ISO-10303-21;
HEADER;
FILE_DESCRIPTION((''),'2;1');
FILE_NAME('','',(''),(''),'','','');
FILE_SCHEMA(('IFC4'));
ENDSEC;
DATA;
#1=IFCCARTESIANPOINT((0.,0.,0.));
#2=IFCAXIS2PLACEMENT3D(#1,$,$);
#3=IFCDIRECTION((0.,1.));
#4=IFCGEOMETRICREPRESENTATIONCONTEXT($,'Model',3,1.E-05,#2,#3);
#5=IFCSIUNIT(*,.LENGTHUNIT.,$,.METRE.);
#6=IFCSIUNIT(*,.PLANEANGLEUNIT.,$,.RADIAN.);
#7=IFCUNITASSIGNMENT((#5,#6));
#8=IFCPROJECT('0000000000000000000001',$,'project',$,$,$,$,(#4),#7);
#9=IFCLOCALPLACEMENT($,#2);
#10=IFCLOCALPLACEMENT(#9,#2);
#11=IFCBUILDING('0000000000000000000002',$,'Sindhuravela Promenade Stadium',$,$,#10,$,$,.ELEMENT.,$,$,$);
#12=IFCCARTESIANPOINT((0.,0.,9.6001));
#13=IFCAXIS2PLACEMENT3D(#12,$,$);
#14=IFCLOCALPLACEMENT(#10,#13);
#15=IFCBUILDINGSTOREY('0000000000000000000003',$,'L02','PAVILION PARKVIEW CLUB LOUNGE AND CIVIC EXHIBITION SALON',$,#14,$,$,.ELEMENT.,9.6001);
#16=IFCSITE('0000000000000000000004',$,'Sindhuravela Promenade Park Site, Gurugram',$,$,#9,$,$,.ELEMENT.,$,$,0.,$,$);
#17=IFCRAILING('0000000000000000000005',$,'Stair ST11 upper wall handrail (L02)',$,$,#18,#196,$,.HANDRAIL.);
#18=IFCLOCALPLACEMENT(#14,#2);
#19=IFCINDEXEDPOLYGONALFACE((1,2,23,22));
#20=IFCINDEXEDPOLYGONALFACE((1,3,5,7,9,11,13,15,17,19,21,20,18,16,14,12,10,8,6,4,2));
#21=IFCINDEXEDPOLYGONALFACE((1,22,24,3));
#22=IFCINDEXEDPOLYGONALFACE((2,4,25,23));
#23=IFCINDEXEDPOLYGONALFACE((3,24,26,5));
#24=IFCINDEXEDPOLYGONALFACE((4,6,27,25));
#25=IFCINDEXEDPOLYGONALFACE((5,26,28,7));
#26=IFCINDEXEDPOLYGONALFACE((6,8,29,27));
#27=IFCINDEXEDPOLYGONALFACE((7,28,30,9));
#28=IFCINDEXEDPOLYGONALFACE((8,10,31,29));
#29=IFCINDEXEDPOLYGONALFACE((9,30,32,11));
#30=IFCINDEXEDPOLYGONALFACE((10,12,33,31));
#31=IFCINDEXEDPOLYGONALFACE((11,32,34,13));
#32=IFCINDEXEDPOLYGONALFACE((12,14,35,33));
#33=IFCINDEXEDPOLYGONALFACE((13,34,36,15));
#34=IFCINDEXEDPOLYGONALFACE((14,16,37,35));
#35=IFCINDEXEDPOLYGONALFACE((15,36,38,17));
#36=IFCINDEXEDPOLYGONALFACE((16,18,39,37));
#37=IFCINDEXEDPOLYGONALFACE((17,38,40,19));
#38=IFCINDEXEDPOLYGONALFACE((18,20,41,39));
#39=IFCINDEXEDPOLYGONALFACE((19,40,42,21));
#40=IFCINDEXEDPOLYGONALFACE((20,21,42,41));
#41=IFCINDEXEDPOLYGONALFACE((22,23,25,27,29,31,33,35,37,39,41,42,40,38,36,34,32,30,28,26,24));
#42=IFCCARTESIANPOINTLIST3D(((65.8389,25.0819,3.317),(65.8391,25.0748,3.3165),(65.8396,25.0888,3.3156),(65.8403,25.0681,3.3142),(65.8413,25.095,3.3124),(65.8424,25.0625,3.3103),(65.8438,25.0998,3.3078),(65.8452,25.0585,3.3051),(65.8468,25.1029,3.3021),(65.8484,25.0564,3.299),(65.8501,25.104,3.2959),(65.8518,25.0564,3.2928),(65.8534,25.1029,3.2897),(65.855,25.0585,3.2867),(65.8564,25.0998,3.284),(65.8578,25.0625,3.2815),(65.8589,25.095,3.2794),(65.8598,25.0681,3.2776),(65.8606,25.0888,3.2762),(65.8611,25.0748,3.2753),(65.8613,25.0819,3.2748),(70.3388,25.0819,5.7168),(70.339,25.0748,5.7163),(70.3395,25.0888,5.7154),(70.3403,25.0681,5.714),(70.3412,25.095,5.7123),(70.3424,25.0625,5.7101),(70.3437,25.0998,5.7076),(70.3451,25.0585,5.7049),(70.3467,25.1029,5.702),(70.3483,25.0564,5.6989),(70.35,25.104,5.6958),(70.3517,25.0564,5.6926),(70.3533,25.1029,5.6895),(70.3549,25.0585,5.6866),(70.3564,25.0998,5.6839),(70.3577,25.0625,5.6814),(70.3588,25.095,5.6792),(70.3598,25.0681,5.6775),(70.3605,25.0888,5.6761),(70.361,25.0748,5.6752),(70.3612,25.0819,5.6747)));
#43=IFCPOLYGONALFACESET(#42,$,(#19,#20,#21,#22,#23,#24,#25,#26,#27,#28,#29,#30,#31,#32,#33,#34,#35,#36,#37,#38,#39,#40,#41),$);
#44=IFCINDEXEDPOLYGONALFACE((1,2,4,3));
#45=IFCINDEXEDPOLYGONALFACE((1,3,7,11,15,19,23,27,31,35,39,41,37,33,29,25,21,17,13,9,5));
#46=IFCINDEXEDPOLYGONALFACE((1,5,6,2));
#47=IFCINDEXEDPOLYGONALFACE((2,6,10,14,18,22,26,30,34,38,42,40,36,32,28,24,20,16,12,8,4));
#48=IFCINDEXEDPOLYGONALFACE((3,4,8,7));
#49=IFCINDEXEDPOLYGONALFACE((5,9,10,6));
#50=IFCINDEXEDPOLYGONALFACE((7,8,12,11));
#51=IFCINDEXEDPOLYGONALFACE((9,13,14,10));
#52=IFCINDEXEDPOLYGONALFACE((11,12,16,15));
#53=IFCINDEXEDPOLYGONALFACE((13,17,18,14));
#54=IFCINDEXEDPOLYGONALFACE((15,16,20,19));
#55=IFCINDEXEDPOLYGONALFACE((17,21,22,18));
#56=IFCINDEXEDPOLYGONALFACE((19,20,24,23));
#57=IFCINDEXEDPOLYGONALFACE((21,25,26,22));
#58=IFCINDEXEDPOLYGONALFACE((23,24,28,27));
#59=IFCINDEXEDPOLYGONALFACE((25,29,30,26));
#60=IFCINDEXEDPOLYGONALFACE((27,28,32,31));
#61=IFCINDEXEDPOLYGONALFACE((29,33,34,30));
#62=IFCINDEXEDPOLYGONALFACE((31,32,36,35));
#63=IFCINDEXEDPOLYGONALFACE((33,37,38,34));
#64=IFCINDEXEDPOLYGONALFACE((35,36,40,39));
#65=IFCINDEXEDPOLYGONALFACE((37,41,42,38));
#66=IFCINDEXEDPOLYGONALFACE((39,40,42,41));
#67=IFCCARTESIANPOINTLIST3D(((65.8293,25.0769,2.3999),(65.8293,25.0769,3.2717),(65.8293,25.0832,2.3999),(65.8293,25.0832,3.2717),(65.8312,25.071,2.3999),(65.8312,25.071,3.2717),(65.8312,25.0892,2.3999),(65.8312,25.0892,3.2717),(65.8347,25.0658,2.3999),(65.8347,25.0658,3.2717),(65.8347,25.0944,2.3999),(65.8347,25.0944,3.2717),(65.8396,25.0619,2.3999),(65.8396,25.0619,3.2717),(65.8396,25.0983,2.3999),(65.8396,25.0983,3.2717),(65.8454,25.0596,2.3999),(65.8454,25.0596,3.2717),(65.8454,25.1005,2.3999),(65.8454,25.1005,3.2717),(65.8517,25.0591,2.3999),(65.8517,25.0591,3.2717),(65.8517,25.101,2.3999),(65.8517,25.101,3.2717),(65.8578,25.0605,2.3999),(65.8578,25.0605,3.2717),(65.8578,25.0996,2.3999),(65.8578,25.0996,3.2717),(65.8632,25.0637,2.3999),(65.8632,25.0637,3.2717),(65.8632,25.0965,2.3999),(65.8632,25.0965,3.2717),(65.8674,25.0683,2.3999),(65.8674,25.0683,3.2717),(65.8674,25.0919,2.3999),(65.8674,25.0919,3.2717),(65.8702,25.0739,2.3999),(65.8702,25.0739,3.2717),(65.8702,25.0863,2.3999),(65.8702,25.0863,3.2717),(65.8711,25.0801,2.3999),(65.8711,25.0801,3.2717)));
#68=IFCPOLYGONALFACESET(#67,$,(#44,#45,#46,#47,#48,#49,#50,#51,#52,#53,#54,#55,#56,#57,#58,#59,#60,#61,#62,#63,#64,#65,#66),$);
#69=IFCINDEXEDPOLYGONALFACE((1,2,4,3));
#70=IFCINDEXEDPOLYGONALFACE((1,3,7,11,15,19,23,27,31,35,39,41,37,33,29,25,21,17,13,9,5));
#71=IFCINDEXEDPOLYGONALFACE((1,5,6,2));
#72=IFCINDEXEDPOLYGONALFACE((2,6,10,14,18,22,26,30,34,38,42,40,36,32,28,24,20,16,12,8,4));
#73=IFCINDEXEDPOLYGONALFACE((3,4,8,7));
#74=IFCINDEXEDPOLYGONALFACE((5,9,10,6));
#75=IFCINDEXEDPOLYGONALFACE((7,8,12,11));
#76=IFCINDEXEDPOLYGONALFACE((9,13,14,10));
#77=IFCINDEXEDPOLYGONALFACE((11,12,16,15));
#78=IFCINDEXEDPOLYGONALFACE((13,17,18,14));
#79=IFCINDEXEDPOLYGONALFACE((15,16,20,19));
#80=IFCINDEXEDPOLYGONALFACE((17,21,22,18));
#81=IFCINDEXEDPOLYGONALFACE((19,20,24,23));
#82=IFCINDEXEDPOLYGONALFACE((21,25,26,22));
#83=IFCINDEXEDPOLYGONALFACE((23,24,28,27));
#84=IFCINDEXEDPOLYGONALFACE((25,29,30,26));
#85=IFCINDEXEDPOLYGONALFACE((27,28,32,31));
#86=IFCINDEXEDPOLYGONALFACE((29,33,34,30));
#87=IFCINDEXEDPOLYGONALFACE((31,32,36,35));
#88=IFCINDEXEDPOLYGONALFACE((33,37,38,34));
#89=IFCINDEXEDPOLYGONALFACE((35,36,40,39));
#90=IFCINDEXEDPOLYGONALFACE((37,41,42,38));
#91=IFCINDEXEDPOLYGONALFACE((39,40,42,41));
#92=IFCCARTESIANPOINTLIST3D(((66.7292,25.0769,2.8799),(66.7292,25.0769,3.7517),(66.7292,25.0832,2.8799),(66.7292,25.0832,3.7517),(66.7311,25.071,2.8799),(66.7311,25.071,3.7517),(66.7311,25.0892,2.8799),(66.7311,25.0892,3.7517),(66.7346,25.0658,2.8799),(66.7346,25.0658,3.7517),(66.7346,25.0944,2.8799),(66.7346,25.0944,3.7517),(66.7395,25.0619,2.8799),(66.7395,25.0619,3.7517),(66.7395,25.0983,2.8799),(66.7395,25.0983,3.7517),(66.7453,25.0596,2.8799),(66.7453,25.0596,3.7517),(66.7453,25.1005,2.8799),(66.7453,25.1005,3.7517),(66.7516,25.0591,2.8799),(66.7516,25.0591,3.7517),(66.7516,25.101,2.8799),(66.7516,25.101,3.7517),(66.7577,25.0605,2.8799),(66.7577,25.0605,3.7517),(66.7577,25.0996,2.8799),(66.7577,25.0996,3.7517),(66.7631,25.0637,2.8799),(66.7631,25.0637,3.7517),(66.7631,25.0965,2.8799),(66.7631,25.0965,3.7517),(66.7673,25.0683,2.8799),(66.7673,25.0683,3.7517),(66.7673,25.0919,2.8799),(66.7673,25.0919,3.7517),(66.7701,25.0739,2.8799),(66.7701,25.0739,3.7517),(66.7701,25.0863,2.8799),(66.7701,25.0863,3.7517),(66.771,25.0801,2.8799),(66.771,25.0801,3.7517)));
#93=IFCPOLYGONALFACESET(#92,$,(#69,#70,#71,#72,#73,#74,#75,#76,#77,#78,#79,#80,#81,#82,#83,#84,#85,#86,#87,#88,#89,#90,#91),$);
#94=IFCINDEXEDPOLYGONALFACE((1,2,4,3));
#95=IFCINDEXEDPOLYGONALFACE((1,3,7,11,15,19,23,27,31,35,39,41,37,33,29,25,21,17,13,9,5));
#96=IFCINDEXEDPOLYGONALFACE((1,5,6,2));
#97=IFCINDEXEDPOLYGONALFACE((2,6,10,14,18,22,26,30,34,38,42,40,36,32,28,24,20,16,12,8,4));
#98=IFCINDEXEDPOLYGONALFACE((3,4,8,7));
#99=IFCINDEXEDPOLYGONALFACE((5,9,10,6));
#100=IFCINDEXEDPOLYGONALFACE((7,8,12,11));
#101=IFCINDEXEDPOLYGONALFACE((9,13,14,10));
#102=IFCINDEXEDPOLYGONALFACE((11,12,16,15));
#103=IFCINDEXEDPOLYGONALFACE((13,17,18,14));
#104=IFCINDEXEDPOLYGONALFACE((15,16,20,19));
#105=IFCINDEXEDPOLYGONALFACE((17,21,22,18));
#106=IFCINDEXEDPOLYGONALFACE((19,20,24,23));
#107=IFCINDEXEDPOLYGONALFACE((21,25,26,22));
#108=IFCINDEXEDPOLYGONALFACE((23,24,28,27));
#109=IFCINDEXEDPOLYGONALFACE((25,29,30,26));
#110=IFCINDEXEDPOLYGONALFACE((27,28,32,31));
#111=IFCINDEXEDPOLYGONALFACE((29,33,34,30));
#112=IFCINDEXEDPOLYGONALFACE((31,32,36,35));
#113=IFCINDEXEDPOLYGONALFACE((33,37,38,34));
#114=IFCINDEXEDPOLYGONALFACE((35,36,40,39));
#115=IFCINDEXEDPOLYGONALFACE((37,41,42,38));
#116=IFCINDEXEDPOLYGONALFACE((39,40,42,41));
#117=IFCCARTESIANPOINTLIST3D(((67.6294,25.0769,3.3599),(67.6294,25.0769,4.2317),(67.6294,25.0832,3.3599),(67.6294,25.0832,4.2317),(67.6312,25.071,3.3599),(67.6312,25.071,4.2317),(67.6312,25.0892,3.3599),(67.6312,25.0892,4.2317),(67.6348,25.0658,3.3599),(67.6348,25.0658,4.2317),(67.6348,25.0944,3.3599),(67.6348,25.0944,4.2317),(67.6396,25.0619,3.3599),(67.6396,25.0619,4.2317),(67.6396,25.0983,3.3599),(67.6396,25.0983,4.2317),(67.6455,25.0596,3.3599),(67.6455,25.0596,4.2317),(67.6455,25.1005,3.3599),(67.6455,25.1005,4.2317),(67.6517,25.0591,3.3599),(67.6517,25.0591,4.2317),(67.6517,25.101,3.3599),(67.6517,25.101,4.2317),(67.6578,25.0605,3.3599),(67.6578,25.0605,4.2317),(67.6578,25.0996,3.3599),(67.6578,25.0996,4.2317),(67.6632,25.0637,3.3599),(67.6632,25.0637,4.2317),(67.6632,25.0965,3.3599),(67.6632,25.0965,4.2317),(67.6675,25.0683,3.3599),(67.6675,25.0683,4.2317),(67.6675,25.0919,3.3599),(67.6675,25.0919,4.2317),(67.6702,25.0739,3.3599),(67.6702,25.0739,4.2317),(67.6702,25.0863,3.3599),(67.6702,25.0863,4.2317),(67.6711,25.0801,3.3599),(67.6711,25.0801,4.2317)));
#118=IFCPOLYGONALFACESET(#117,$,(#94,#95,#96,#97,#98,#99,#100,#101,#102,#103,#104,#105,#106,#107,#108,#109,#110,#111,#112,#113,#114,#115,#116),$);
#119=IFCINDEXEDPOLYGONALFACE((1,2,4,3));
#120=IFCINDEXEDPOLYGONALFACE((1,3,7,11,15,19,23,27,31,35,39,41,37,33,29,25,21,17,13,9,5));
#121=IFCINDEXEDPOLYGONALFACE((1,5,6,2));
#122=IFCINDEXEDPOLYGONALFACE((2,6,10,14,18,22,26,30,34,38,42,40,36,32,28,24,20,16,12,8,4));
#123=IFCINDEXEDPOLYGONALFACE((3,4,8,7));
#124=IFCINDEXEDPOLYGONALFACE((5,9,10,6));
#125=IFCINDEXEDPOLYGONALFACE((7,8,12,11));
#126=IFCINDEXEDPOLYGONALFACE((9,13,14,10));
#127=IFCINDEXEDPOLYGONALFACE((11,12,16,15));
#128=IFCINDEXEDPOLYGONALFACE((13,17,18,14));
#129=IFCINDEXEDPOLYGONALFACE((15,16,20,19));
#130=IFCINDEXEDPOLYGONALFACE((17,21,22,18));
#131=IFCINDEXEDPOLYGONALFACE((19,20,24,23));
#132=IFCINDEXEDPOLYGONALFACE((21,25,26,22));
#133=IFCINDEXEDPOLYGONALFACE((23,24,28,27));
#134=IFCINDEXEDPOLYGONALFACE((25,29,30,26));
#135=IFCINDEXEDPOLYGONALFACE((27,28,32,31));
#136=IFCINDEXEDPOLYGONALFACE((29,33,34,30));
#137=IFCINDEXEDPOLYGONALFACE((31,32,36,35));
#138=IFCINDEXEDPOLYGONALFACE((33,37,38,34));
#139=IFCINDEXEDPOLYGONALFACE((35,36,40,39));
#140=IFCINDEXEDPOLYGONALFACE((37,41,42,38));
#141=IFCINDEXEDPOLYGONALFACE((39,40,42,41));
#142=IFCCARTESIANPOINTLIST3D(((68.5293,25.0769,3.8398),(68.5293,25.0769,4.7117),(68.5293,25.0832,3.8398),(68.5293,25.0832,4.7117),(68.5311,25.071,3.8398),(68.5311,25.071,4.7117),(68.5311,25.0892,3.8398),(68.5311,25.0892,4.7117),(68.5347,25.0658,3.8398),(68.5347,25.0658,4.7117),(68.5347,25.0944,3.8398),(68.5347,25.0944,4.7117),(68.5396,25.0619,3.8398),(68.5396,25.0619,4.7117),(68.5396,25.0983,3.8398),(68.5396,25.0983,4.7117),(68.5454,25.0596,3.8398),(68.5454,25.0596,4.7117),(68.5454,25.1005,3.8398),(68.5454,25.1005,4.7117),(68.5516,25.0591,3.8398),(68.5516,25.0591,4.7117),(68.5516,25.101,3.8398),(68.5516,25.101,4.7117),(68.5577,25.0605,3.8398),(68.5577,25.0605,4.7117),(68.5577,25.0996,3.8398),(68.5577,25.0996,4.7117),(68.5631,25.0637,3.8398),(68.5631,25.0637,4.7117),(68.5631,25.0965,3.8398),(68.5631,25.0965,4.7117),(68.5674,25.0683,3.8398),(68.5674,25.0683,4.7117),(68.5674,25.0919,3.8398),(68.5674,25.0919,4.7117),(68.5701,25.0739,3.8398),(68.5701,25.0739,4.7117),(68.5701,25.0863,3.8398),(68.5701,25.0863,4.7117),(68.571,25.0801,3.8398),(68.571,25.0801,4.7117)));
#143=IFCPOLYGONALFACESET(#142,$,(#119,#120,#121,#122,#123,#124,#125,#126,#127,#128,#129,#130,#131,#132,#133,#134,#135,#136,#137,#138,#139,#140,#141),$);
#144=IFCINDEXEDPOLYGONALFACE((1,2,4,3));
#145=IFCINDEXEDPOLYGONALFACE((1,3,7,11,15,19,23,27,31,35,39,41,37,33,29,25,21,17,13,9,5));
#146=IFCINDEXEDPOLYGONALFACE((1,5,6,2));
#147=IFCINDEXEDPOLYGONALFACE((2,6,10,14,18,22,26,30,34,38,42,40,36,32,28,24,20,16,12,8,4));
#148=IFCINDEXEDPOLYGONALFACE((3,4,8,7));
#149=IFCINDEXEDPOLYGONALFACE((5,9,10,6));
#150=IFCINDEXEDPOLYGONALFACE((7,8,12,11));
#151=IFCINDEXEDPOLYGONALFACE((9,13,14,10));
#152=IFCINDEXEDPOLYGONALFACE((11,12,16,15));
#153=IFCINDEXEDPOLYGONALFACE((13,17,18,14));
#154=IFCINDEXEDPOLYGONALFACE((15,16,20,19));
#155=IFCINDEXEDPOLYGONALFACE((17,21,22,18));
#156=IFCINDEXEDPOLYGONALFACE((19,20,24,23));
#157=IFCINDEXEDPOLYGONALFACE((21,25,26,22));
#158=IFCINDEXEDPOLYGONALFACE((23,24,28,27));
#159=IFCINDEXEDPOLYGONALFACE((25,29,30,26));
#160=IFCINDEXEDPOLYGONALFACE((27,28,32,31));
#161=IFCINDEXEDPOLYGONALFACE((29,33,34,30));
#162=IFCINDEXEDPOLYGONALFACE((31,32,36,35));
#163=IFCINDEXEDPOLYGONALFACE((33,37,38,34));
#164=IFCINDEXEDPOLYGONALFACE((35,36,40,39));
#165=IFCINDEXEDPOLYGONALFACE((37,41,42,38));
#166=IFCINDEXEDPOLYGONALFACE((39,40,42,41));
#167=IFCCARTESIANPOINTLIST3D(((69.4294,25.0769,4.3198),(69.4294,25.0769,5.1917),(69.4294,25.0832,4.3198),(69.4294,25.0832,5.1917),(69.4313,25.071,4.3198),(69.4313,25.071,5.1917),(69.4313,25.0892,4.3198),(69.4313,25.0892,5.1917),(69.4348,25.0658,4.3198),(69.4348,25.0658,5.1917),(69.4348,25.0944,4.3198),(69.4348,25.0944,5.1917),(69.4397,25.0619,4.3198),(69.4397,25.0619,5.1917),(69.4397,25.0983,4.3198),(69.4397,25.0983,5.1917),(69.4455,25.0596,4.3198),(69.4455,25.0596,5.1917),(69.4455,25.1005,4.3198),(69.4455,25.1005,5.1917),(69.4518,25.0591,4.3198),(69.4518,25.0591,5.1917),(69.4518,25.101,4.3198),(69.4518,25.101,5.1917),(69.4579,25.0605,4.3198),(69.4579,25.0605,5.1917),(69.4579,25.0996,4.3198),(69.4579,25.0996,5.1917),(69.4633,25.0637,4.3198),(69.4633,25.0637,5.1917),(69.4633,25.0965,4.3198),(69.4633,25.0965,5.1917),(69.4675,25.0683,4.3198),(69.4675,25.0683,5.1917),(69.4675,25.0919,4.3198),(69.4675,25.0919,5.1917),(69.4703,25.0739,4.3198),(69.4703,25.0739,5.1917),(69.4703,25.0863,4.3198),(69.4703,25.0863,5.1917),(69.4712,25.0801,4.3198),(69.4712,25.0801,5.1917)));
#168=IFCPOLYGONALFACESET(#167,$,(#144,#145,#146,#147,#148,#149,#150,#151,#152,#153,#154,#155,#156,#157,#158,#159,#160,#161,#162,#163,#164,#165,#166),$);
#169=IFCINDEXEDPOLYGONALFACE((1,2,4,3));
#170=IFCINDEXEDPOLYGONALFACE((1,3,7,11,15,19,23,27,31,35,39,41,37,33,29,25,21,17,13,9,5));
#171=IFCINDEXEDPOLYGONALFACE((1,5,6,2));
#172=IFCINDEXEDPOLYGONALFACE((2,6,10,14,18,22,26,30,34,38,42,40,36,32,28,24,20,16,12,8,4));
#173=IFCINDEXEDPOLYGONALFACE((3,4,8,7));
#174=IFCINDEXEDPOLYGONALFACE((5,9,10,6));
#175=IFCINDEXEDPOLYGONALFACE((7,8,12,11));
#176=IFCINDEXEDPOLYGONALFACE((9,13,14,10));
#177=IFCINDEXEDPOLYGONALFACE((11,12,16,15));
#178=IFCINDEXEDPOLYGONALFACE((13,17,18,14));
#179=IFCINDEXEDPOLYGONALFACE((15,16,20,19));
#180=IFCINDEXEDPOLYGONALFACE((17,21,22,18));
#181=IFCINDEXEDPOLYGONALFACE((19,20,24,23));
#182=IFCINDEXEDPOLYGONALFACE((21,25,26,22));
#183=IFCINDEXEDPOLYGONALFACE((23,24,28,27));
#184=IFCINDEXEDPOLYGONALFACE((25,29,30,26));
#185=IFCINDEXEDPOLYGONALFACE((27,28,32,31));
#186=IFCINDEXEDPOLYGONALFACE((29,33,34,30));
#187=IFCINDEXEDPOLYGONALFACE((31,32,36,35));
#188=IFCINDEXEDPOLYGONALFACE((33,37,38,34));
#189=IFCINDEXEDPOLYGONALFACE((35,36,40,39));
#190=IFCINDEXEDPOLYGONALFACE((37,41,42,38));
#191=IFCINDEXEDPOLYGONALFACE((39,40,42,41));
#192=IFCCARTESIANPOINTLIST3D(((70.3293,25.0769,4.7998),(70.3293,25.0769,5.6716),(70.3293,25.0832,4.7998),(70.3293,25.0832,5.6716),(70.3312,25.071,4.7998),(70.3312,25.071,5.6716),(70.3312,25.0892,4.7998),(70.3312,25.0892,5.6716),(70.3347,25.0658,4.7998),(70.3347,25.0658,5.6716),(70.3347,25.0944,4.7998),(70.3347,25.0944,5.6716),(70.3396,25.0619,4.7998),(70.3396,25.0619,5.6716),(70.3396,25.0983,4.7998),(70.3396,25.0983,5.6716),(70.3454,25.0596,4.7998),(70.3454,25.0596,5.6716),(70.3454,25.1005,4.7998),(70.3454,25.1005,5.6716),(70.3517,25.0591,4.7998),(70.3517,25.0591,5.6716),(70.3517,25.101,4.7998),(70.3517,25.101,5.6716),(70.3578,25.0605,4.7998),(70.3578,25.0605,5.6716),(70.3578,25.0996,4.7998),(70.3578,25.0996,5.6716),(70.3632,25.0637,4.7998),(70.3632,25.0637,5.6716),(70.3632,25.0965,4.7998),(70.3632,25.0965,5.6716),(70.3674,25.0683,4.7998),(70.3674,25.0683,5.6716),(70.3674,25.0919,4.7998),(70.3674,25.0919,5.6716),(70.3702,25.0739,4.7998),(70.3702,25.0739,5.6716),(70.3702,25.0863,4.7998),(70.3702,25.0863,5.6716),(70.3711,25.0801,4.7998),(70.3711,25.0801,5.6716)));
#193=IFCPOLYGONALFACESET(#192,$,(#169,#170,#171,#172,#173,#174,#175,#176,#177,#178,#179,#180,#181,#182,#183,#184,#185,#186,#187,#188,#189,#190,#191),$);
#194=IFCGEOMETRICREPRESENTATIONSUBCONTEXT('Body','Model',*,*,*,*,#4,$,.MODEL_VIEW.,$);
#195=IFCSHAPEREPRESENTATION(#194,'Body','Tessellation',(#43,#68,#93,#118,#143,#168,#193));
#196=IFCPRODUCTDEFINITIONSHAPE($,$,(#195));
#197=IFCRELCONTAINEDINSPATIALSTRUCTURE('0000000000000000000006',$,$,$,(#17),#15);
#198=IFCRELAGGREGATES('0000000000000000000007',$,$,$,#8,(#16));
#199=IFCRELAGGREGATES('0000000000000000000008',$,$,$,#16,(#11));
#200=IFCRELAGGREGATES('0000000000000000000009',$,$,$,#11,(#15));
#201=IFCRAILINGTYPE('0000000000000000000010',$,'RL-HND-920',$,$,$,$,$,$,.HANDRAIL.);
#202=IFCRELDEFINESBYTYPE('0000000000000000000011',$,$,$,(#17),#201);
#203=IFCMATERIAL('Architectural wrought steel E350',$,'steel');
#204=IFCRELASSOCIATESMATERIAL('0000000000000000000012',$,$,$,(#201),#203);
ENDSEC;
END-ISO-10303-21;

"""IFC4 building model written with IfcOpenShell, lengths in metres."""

from ifc_helpers import new_model, si_unit, direction, frame, origin, origin_2d, place, context, subcontext, project, spatial, circle, extrude, material, type_object, element, save


model = new_model("IFC4")

# Units and contexts
model_context = context("Model", 3, precision=1e-05, world=origin(), true_north=direction((0.0, 1.0)))
body_context = subcontext(model_context, "Body", "Model", "MODEL_VIEW")
ifc_project = project(units=[si_unit("LENGTHUNIT", "METRE"), si_unit("PLANEANGLEUNIT", "RADIAN")], contexts=[model_context])

# Site, building, storey
site_placement = place(None, origin())
site = spatial("IfcSite", under=ifc_project, at=site_placement, Name="Sindhuravela Promenade Park Site, Gurugram", CompositionType="ELEMENT", RefElevation=0.0)
building_placement = place(site_placement, origin())
building = spatial("IfcBuilding", under=site, at=building_placement, Name="Sindhuravela Promenade Stadium", CompositionType="ELEMENT")
storey_placement = place(building_placement, frame((0.0, 0.0, 9.6001)))
storey = spatial("IfcBuildingStorey", under=building, at=storey_placement, Name="L02", Description="PAVILION PARKVIEW CLUB LOUNGE AND CIVIC EXHIBITION SALON", CompositionType="ELEMENT", Elevation=9.6001)

# Shared definitions
ifc_material_1 = material(Name="Architectural wrought steel E350", Category="steel")

# Railing
railing_type_1 = type_object("IfcRailingType", Name="RL-HND-920", PredefinedType="HANDRAIL", material=ifc_material_1)
railing_1_placement = place(storey_placement, frame((65.8501, 25.0801, 2.3999)))
element("IfcRailing", 1, at=railing_1_placement, inside=storey, type_object=railing_type_1, Name="Stair ST11 upper wall handrail (L02)", PredefinedType="HANDRAIL", context=body_context, shape_type="SweptSolid", body=[
    extrude(circle(Radius=0.0239, at=origin_2d()), frame((0.0, 0.0, 0.896), z_axis=(0.882361, 0.0, 0.470573), x_axis=(0.0, 1.0, 0.0)), (0.0, 0.0, 1.0), 5.0999),
    extrude(circle(Radius=0.021, at=origin_2d()), origin(), (0.0, 0.0, 1.0), 0.8718),
    extrude(circle(Radius=0.021, at=origin_2d()), frame((0.8999, 0.0, 0.48)), (0.0, 0.0, 1.0), 0.8718),
    extrude(circle(Radius=0.021, at=origin_2d()), frame((1.8, 0.0, 0.96)), (0.0, 0.0, 1.0), 0.8718),
    extrude(circle(Radius=0.021, at=origin_2d()), frame((2.7, 0.0, 1.4399)), (0.0, 0.0, 1.0), 0.8718),
    extrude(circle(Radius=0.021, at=origin_2d()), frame((3.6001, 0.0, 1.9199)), (0.0, 0.0, 1.0), 0.8718),
    extrude(circle(Radius=0.021, at=origin_2d()), frame((4.5, 0.0, 2.3999)), (0.0, 0.0, 1.0), 0.8718),
])

save(model, "model.ifc")
